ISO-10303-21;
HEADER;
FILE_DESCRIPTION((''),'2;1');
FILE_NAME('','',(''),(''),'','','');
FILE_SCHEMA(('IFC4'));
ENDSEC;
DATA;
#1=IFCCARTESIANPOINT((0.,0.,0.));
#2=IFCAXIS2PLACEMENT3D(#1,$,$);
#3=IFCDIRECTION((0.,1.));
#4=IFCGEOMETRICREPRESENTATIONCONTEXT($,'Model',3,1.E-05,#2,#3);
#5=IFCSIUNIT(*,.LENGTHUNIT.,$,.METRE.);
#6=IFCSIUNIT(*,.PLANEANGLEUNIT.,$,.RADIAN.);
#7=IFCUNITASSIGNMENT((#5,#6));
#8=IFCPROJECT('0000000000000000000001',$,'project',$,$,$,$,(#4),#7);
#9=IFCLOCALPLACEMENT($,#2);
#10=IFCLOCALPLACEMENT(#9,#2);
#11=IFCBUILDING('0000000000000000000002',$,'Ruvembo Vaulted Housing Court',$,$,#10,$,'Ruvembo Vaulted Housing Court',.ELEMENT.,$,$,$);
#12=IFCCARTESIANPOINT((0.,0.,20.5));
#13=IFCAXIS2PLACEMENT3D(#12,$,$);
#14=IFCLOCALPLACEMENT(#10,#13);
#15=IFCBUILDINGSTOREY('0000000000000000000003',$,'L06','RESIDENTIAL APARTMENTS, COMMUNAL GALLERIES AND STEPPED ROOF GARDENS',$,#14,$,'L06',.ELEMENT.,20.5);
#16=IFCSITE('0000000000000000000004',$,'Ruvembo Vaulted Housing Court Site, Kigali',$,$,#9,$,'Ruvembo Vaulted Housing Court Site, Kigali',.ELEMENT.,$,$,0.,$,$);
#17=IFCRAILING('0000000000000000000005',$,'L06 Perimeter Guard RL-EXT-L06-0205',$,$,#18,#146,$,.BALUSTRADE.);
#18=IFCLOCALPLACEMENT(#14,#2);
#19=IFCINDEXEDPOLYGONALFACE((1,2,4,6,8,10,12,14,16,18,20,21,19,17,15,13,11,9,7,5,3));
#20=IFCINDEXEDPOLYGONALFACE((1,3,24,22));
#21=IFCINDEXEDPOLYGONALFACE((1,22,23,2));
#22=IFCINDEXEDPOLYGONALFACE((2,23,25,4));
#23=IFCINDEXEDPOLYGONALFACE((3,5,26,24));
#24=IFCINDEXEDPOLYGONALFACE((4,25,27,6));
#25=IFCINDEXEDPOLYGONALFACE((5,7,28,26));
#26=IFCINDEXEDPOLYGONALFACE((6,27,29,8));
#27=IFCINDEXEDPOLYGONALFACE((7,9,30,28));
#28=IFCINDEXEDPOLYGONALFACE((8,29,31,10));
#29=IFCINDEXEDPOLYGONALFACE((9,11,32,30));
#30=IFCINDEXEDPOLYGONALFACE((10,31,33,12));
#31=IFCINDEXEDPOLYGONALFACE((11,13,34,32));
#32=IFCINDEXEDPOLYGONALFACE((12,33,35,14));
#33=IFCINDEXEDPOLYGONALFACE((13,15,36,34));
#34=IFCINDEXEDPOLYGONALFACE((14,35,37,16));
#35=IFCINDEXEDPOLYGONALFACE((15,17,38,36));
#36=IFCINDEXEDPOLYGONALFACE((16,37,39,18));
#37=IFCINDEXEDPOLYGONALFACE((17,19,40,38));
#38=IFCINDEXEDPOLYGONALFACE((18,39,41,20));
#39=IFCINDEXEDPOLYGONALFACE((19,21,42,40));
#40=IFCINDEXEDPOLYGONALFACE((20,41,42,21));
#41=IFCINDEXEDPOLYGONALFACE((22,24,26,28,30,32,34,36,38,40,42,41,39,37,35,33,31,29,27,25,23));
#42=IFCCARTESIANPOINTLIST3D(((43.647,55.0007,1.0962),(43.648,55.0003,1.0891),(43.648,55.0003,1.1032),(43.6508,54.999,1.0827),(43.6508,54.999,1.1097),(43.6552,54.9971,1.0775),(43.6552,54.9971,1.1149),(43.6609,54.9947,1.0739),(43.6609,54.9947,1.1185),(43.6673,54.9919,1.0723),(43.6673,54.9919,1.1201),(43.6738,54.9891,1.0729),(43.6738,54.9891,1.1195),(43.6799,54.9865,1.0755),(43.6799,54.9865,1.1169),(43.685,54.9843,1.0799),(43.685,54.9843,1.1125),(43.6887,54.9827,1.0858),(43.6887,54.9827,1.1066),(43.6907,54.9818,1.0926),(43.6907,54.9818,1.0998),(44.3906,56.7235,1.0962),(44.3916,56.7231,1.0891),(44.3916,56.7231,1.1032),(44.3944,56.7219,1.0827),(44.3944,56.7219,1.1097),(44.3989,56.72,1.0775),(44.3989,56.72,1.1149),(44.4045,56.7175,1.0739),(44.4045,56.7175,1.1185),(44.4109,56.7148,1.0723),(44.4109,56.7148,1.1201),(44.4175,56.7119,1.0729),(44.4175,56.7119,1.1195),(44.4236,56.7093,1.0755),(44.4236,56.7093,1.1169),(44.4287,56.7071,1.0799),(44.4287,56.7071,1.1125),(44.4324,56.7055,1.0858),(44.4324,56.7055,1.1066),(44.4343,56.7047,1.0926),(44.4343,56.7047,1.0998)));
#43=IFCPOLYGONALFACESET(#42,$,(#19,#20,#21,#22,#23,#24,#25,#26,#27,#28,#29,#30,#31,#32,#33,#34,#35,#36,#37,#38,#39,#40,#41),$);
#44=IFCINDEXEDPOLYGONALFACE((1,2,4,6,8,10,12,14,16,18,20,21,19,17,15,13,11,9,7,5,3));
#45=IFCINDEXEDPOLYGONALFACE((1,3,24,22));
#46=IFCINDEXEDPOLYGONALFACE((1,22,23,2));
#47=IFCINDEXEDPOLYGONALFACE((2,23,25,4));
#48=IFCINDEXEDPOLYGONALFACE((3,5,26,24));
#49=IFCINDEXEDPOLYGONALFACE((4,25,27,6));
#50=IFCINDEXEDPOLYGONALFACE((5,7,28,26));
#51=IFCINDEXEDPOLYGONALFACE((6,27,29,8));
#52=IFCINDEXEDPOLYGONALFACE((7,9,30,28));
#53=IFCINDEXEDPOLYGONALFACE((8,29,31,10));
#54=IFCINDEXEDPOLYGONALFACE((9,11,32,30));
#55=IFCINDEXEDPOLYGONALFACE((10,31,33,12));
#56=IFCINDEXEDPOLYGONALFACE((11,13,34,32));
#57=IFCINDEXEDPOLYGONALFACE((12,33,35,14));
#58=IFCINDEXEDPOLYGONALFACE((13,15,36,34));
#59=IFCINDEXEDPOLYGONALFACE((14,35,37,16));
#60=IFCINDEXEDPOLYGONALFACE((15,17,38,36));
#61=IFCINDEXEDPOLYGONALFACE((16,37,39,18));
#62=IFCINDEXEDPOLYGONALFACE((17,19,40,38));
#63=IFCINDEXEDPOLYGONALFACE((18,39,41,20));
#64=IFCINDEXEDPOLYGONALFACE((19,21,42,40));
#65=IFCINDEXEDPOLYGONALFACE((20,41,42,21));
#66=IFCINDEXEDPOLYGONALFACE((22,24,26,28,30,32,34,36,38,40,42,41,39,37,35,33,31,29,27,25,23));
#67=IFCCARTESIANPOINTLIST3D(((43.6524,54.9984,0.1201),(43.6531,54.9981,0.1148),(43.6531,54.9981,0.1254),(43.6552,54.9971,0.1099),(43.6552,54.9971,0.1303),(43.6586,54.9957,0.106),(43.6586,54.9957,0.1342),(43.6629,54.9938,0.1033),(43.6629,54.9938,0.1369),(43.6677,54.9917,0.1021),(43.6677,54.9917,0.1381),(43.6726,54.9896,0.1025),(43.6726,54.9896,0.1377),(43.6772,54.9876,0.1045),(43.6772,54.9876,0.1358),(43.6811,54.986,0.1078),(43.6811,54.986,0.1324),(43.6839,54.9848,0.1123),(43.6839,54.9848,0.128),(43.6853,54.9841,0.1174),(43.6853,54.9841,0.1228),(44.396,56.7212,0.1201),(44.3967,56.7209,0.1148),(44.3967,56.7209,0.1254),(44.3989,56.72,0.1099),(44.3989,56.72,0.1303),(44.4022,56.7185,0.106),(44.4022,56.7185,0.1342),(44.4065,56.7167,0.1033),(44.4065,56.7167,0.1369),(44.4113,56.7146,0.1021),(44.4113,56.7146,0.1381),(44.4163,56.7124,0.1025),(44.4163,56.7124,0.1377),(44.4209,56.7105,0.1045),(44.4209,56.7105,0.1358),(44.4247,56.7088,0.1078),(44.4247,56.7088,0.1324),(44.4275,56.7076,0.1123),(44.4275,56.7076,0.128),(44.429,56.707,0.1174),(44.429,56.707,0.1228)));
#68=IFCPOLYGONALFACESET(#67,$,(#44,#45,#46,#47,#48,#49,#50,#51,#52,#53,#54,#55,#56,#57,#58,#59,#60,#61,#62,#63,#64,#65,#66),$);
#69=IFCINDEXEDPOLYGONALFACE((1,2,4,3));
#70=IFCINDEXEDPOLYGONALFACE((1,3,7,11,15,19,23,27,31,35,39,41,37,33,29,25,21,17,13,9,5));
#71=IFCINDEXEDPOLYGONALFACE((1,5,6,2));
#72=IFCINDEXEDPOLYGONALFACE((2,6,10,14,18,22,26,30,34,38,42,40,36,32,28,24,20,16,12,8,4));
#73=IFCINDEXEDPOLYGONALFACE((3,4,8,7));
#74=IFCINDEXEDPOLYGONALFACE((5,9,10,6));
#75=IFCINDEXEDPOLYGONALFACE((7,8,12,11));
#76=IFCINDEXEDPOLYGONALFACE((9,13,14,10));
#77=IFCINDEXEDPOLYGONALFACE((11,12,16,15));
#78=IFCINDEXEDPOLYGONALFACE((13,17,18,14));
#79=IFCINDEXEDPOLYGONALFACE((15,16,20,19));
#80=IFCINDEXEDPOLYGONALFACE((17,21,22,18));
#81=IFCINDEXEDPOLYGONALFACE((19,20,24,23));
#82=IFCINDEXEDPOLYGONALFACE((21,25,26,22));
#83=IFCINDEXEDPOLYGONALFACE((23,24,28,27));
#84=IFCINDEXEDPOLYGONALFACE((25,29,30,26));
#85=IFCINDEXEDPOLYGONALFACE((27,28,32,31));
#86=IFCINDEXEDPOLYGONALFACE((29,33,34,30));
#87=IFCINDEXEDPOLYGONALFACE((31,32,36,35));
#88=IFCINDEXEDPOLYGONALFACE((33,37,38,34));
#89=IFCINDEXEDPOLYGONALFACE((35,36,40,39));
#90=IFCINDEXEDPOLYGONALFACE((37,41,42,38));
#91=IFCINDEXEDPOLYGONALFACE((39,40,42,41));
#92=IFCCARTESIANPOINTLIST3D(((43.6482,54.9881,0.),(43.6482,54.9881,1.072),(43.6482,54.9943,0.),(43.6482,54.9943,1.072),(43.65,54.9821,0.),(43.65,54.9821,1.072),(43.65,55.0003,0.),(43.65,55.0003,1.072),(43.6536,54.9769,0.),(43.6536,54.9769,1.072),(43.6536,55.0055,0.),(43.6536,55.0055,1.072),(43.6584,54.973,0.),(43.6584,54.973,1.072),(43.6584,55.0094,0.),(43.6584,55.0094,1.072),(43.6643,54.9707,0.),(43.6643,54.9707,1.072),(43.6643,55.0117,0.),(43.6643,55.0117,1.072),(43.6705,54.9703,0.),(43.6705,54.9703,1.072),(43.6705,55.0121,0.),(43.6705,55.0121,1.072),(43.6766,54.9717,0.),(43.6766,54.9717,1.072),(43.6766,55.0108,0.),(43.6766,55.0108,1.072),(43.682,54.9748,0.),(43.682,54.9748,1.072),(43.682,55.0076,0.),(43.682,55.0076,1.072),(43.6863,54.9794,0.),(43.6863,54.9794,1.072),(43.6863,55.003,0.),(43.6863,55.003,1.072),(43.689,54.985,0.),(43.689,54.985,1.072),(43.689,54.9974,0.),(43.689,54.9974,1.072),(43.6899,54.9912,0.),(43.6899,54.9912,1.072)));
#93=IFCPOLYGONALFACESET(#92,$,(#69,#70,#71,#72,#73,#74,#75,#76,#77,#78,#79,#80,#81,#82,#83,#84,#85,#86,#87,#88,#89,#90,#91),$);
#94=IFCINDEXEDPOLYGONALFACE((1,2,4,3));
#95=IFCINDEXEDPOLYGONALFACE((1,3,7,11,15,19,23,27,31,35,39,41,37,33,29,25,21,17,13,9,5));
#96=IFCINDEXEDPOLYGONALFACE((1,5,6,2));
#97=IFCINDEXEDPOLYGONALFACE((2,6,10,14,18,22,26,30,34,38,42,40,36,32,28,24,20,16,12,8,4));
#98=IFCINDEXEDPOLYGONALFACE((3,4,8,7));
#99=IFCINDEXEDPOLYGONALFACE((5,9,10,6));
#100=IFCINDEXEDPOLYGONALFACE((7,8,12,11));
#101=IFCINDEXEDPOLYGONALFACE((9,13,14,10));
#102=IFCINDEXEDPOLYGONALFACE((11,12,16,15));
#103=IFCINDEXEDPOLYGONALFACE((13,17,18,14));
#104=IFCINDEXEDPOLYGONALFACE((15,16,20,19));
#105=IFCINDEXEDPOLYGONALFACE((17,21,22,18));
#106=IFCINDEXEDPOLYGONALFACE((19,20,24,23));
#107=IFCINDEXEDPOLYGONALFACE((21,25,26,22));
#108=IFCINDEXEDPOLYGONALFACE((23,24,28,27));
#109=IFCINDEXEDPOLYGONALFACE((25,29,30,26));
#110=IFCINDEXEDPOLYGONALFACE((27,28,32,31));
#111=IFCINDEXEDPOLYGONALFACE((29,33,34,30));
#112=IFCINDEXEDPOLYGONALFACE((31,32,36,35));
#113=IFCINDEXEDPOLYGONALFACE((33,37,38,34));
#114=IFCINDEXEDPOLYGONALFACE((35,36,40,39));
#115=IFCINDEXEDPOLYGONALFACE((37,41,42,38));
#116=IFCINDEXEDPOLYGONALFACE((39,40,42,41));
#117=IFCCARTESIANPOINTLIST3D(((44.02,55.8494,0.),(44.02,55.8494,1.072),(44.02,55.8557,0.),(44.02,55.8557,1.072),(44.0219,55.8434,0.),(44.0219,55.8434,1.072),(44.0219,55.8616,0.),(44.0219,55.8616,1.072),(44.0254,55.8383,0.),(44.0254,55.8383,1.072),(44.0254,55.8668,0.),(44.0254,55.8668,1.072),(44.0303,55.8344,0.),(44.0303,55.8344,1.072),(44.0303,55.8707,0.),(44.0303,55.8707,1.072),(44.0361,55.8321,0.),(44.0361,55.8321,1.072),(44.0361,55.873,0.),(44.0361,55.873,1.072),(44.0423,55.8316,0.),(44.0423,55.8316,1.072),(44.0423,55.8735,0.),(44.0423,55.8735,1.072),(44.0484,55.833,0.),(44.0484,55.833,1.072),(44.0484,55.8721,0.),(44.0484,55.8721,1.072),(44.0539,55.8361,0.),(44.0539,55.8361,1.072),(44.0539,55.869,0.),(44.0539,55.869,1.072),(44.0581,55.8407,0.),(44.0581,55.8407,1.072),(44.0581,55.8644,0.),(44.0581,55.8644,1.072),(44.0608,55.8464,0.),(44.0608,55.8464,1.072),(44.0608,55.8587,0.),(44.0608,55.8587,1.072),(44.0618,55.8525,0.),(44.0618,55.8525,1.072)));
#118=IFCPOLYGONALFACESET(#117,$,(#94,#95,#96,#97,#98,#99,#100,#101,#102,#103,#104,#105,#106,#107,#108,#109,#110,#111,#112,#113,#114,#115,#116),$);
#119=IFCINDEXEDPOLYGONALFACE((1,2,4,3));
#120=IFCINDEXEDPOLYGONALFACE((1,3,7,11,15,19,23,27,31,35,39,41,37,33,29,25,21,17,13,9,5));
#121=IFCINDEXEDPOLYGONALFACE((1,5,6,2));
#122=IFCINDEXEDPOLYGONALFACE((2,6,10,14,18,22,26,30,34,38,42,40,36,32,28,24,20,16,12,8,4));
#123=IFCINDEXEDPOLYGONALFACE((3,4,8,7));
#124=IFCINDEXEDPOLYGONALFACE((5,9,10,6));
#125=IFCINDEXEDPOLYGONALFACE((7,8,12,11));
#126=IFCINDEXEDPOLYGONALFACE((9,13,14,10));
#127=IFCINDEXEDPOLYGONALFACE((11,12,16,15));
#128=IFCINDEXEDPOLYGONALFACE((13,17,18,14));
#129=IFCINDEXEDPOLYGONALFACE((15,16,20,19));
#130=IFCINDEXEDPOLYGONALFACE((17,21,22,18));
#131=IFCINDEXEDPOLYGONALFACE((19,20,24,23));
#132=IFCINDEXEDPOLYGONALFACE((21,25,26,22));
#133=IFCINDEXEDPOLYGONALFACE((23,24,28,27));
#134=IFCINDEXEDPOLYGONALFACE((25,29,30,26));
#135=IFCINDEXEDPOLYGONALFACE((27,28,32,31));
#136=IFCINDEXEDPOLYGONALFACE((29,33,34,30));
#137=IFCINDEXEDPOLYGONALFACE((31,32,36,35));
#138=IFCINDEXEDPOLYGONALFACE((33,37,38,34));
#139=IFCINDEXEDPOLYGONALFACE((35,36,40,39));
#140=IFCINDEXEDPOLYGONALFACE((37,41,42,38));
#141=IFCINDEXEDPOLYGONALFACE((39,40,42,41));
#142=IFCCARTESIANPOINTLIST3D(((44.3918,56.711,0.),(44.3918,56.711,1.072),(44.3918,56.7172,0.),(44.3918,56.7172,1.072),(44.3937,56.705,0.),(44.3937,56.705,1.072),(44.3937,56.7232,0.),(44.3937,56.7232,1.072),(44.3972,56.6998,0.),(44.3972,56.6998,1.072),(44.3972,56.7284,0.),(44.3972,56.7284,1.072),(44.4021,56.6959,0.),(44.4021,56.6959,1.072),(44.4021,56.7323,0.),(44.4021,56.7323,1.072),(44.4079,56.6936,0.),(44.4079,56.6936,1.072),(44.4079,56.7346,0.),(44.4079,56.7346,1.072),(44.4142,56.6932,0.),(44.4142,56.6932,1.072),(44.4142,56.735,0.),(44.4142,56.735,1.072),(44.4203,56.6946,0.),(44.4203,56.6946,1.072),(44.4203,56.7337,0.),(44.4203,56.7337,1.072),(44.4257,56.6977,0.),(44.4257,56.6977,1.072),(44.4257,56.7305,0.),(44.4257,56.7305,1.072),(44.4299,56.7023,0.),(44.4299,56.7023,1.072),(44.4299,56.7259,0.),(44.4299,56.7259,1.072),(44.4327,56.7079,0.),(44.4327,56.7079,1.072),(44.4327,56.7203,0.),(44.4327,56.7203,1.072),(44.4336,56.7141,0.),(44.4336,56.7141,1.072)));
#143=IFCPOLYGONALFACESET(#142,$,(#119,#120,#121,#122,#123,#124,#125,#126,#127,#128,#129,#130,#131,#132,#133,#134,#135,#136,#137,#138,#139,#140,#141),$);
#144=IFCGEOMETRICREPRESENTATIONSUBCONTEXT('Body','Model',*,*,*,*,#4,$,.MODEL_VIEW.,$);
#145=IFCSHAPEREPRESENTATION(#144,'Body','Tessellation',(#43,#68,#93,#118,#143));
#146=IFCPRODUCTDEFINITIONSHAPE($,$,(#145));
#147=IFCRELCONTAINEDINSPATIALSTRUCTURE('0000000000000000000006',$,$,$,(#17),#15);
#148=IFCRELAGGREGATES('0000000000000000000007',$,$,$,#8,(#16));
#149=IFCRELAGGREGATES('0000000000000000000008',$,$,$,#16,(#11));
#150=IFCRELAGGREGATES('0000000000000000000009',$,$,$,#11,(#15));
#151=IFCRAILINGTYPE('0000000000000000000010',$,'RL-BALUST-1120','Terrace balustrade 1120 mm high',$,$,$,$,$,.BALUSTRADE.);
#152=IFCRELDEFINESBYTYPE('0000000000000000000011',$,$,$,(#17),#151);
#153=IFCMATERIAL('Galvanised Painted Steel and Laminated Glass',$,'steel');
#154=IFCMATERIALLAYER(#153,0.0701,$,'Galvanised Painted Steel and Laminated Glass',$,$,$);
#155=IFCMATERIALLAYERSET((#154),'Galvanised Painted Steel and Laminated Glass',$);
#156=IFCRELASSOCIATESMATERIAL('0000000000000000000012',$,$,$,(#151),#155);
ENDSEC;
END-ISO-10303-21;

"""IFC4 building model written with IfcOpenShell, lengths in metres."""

from ifc_helpers import new_model, si_unit, direction, frame, origin, origin_2d, place, context, subcontext, project, spatial, circle, extrude, material, layer, layer_set, type_object, element, save


model = new_model("IFC4")

# Units and contexts
model_context = context("Model", 3, precision=1e-05, world=origin(), true_north=direction((0.0, 1.0)))
body_context = subcontext(model_context, "Body", "Model", "MODEL_VIEW")
ifc_project = project(units=[si_unit("LENGTHUNIT", "METRE"), si_unit("PLANEANGLEUNIT", "RADIAN")], contexts=[model_context])

# Site, building, storey
site_placement = place(None, origin())
site = spatial("IfcSite", under=ifc_project, at=site_placement, Name="Ruvembo Vaulted Housing Court Site, Kigali", LongName="Ruvembo Vaulted Housing Court Site, Kigali", CompositionType="ELEMENT", RefElevation=0.0)
building_placement = place(site_placement, origin())
building = spatial("IfcBuilding", under=site, at=building_placement, Name="Ruvembo Vaulted Housing Court", LongName="Ruvembo Vaulted Housing Court", CompositionType="ELEMENT")
storey_placement = place(building_placement, frame((0.0, 0.0, 20.5)))
storey = spatial("IfcBuildingStorey", under=building, at=storey_placement, Name="L06", Description="RESIDENTIAL APARTMENTS, COMMUNAL GALLERIES AND STEPPED ROOF GARDENS", LongName="L06", CompositionType="ELEMENT", Elevation=20.5)

# Railing
ifc_material_1 = material(Name="Galvanised Painted Steel and Laminated Glass", Category="steel")
ifc_layer_1 = layer(ifc_material_1, 0.0701, Name="Galvanised Painted Steel and Laminated Glass")
ifc_layer_set_1 = layer_set([ifc_layer_1], Name="Galvanised Painted Steel and Laminated Glass")
railing_type = type_object("IfcRailingType", Name="RL-BALUST-1120", Description="Terrace balustrade 1120 mm high", PredefinedType="BALUSTRADE", material=ifc_layer_set_1)
railing_1_placement = place(storey_placement, frame((43.6689, 54.9912, 0.0)))
element("IfcRailing", 1, at=railing_1_placement, inside=storey, type_object=railing_type, Name="L06 Perimeter Guard RL-EXT-L06-0205", PredefinedType="BALUSTRADE", context=body_context, shape_type="SweptSolid", body=[
    extrude(circle(Radius=0.0239, at=origin_2d()), frame((0.0, 0.0, 1.0962), z_axis=(0.396289, 0.918126, 0.0), x_axis=(-0.918126, 0.396289, 0.0)), (0.0, 0.0, 1.0), 1.8765),
    extrude(circle(Radius=0.0181, at=origin_2d()), frame((0.0, 0.0, 0.1201), z_axis=(0.396289, 0.918126, 0.0), x_axis=(-0.918126, 0.396289, 0.0)), (0.0, 0.0, 1.0), 1.8765),
    extrude(circle(Radius=0.021, at=origin_2d()), origin(), (0.0, 0.0, 1.0), 1.072),
    extrude(circle(Radius=0.021, at=origin_2d()), frame((0.3718, 0.8613, 0.0)), (0.0, 0.0, 1.0), 1.072),
    extrude(circle(Radius=0.021, at=origin_2d()), frame((0.7437, 1.7229, 0.0)), (0.0, 0.0, 1.0), 1.072),
])

save(model, "model.ifc")
